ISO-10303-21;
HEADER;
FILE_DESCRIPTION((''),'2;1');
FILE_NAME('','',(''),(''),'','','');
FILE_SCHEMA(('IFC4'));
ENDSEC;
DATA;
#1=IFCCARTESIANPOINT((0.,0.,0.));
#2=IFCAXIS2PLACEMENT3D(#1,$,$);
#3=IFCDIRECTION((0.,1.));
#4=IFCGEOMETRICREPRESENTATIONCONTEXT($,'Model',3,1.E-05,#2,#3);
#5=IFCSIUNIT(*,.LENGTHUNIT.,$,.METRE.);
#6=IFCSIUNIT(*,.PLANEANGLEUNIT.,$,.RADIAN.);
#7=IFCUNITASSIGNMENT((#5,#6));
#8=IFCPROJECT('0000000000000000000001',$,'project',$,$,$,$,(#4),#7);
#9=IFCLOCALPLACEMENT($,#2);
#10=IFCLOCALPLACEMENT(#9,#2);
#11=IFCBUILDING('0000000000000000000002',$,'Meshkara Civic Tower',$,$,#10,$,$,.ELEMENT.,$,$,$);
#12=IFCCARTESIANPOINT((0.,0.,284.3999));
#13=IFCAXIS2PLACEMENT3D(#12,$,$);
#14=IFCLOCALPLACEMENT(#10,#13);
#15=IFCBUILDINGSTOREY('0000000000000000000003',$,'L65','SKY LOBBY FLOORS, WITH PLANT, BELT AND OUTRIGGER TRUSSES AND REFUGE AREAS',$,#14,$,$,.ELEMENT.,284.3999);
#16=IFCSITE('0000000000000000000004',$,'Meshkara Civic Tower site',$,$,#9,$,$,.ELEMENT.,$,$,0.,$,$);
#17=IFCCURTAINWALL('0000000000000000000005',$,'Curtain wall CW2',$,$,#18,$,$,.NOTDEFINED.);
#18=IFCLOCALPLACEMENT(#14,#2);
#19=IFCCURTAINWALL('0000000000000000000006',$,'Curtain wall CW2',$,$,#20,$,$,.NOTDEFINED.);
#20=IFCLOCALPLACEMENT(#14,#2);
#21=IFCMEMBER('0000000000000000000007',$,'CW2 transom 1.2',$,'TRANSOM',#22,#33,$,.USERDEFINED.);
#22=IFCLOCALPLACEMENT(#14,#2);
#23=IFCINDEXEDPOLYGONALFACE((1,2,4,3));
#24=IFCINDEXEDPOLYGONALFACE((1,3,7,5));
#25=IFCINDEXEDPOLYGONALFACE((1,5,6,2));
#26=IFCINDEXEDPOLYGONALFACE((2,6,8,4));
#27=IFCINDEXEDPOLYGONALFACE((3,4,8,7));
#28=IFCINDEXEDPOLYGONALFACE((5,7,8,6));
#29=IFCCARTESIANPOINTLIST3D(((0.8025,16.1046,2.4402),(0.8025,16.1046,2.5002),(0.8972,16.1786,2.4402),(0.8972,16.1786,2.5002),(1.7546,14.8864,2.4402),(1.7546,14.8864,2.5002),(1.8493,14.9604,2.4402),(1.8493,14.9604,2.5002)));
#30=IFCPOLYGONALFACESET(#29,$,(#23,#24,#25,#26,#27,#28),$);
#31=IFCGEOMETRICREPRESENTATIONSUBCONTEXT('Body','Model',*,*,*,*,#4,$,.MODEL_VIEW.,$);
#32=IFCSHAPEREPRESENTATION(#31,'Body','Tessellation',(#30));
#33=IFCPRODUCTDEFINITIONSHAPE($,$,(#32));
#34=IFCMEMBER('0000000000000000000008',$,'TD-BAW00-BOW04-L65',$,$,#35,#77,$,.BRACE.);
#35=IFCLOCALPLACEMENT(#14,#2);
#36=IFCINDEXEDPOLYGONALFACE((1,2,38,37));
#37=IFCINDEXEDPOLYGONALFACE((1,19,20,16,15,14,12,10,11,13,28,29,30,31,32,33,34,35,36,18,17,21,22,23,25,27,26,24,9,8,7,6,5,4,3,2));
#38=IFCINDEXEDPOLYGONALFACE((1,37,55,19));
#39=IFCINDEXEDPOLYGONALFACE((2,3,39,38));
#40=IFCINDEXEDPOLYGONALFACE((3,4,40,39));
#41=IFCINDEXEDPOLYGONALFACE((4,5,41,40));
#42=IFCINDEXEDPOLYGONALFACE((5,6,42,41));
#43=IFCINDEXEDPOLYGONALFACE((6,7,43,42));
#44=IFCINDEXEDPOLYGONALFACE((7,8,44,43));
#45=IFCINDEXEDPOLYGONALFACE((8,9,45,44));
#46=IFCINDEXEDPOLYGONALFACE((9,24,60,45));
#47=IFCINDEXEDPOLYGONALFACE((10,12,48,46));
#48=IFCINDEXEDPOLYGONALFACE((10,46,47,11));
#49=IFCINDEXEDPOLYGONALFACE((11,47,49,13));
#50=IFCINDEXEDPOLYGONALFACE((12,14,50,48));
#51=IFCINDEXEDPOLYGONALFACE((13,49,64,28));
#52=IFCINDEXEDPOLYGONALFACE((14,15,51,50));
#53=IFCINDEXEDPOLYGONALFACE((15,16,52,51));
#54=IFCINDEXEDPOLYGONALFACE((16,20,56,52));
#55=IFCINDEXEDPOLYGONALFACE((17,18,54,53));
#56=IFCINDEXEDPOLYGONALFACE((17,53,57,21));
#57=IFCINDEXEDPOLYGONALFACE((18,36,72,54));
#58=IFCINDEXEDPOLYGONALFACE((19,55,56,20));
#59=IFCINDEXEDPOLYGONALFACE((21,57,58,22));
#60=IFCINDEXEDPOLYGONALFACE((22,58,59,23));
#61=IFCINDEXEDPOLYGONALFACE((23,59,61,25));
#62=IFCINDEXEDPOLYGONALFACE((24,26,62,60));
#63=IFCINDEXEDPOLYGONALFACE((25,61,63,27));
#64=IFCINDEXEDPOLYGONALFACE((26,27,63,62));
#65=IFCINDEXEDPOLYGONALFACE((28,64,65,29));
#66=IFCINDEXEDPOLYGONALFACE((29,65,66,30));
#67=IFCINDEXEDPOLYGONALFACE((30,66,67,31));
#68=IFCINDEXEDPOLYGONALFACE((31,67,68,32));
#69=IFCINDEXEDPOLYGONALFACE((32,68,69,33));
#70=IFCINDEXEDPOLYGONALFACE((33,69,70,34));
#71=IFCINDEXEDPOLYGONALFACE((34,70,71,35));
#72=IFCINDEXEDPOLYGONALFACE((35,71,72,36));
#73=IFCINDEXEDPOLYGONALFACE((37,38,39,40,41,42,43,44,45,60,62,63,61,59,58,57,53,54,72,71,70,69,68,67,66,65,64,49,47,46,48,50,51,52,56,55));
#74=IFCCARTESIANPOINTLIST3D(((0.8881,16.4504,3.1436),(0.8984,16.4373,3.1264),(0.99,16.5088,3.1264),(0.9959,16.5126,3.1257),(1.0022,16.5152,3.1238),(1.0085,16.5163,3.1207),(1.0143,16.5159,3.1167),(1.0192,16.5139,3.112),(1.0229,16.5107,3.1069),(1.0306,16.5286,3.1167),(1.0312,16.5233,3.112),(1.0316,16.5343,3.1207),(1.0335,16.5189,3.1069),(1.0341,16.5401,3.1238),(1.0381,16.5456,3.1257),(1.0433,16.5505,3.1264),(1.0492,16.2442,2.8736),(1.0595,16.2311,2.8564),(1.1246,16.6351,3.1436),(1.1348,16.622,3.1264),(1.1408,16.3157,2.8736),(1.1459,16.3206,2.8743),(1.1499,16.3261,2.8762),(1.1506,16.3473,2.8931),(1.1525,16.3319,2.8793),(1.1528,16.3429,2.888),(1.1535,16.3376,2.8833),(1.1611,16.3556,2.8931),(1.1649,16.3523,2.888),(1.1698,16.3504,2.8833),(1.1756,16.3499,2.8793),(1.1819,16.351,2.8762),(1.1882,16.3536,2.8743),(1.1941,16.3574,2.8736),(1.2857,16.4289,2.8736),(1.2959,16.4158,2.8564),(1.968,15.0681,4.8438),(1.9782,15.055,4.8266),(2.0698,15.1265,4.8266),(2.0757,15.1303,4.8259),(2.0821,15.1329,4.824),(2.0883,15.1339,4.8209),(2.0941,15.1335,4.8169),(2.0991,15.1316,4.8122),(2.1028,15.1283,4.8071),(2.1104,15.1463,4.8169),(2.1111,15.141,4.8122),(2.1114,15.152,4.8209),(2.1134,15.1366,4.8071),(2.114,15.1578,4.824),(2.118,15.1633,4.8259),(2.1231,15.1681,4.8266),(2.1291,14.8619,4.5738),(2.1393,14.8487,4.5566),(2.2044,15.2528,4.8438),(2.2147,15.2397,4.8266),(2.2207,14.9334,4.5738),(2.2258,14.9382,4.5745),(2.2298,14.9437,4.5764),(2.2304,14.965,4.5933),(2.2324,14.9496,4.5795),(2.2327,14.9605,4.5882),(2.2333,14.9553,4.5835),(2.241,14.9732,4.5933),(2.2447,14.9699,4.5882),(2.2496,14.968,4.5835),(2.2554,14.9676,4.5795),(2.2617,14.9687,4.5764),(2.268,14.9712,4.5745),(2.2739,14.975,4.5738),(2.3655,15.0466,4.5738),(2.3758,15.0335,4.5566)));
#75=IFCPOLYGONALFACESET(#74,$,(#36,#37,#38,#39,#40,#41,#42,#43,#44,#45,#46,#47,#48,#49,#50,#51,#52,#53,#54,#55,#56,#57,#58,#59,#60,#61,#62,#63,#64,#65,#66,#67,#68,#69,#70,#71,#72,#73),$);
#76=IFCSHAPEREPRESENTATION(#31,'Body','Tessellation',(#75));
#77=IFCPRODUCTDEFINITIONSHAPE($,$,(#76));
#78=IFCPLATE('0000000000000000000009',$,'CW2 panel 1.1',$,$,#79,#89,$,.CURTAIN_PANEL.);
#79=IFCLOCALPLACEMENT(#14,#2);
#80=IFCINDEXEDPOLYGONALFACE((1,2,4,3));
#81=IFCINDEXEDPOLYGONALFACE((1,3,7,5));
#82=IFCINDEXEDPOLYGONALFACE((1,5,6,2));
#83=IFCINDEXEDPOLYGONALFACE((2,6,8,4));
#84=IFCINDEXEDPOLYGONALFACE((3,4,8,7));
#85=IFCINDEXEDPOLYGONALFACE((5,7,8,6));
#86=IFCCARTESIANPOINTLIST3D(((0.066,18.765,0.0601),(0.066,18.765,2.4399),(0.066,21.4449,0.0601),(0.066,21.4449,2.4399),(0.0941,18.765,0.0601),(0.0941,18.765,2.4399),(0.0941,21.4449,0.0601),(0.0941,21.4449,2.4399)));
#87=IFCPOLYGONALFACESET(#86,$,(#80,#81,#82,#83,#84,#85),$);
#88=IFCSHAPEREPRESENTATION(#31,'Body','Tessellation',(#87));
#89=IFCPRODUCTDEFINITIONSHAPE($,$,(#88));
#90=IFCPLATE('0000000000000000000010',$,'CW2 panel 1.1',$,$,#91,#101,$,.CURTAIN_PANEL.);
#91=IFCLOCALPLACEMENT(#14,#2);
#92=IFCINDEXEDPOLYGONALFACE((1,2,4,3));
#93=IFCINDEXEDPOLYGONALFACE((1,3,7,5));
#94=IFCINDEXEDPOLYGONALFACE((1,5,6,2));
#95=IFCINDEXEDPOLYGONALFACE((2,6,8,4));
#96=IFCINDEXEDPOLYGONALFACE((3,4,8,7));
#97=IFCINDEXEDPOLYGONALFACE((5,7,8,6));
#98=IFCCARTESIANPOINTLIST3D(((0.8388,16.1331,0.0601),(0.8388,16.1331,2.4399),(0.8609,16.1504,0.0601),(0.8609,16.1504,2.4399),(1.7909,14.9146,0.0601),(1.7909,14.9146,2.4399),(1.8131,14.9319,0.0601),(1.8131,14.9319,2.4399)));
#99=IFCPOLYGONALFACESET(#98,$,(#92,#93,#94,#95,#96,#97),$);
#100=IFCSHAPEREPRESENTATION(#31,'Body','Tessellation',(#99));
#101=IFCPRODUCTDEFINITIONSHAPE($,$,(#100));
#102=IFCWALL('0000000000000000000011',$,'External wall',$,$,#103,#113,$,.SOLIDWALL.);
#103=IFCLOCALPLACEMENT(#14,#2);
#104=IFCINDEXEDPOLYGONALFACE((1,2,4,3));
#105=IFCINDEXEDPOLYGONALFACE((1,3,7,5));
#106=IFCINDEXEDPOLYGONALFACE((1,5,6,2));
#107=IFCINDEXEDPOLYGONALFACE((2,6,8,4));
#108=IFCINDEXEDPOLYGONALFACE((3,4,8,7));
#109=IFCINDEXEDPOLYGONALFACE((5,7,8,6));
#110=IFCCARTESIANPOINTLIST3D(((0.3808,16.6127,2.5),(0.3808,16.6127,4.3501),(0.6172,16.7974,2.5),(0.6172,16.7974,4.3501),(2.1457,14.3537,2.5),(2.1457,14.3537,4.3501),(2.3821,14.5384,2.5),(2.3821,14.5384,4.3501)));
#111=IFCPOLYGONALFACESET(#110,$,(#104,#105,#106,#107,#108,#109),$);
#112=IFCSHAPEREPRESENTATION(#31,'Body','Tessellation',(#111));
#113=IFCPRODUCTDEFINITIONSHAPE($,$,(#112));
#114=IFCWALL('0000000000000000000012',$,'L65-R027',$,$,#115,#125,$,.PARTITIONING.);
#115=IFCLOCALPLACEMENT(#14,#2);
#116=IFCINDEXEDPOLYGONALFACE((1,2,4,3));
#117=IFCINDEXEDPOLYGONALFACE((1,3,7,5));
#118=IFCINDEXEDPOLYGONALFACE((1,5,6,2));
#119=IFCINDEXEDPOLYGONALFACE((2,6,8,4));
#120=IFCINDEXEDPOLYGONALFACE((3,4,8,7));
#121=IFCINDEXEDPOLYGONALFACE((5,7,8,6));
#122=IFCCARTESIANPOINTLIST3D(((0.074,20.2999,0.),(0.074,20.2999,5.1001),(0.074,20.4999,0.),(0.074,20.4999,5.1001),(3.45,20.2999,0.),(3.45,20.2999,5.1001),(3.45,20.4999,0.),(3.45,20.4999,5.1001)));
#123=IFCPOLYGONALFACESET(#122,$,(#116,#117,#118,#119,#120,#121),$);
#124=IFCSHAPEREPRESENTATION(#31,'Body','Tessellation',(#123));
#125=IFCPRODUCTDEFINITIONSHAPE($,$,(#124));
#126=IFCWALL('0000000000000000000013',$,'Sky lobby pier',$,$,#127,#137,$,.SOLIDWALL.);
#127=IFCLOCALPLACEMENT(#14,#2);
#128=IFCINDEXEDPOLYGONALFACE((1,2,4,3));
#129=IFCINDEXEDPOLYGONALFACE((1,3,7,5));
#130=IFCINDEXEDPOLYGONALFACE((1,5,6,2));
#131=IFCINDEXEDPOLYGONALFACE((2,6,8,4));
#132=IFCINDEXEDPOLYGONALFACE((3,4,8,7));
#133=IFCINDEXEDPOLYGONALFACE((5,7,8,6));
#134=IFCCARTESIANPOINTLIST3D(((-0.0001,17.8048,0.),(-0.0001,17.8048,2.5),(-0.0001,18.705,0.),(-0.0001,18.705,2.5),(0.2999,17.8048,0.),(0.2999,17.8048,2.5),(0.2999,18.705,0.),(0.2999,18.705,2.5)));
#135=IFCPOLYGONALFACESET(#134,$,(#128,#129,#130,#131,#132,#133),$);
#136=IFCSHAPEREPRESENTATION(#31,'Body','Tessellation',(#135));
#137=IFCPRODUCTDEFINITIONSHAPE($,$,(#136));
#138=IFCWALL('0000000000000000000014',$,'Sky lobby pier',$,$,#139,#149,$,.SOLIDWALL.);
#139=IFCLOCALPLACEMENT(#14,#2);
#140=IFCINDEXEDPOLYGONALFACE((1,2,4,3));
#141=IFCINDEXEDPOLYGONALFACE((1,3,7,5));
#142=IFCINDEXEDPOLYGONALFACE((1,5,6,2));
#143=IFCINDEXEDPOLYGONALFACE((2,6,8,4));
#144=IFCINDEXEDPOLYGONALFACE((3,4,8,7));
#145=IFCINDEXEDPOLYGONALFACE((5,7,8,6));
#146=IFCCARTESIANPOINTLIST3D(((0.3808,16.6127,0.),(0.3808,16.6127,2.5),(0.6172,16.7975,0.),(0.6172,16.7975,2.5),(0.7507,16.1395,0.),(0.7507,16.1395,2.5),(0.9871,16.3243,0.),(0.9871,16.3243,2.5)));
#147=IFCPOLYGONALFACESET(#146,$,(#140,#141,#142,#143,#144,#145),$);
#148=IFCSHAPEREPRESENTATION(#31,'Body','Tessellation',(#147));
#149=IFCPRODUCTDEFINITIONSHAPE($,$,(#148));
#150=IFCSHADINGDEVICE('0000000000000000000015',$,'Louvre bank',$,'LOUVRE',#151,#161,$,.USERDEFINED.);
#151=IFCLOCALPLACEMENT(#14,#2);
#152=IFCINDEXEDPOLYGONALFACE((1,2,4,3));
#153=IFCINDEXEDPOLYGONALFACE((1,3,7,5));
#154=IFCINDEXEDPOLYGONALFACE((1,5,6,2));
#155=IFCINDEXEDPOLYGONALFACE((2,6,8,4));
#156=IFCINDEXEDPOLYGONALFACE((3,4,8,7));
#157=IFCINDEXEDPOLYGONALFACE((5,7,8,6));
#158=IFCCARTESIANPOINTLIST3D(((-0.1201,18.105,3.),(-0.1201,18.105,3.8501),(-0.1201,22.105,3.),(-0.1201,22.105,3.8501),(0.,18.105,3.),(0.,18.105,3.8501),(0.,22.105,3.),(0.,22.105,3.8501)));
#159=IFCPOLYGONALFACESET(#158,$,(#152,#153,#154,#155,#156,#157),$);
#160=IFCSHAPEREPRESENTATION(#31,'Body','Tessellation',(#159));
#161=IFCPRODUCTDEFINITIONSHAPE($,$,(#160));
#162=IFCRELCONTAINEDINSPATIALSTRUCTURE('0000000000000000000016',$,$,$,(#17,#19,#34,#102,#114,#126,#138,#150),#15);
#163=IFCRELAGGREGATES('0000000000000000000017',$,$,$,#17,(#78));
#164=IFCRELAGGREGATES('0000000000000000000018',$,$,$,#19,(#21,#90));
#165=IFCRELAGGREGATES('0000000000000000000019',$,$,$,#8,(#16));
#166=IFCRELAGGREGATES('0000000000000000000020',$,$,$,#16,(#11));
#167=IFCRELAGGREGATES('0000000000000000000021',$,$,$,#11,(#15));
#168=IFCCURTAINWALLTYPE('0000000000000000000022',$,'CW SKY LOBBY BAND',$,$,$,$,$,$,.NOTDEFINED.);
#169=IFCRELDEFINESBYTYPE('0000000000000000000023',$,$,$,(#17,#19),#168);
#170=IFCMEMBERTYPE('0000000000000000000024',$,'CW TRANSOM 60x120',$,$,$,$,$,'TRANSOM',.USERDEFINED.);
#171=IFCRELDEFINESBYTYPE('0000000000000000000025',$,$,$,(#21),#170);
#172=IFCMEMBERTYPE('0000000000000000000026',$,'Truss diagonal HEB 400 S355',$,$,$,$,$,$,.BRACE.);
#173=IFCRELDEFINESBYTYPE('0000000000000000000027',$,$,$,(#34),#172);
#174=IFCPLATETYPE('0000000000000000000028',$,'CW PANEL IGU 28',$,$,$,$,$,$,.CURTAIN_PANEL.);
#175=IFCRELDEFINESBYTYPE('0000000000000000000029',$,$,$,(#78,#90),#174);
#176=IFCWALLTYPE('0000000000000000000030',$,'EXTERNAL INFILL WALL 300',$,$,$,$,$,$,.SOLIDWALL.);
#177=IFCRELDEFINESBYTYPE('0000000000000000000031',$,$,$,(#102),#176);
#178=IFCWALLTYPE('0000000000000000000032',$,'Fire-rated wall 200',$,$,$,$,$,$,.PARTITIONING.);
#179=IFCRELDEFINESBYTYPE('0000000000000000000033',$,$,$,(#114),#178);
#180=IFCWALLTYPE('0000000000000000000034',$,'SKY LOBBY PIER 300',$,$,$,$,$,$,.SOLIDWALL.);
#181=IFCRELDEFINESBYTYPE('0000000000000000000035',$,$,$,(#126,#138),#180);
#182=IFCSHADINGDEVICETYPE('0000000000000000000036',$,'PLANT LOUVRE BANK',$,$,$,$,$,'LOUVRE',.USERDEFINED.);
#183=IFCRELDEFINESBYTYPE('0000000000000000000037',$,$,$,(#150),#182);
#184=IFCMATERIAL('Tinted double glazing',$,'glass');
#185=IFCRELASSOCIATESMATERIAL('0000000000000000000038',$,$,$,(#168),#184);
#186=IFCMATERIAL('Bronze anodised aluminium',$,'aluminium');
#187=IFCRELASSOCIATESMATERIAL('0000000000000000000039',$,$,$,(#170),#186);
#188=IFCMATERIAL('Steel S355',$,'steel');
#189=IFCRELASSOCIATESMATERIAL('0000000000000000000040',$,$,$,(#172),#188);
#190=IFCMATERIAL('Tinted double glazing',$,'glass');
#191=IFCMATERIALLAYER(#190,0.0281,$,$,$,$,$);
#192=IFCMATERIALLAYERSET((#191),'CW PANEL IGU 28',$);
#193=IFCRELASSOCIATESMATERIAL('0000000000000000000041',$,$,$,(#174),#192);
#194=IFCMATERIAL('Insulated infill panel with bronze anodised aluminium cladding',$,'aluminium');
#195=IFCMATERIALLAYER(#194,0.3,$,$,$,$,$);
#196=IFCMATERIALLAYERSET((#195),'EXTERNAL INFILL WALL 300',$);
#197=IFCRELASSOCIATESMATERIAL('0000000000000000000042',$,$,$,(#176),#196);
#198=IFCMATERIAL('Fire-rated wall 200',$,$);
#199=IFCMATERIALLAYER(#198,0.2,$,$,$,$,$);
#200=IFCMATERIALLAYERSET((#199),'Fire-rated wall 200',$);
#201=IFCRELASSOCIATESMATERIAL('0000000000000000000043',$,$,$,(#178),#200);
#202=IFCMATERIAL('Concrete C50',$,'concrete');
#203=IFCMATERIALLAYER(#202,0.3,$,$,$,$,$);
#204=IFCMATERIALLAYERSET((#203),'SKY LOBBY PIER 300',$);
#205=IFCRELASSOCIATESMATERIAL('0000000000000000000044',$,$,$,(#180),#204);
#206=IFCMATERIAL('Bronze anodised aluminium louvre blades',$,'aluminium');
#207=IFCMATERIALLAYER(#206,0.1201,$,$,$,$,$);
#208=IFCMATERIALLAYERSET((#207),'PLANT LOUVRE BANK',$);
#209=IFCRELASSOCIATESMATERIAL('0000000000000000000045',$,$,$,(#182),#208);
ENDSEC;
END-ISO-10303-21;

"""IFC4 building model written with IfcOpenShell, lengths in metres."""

from ifc_helpers import new_model, si_unit, direction, frame, frame_2d, origin, origin_2d, place, context, subcontext, project, spatial, rectangle, i_section, extrude, material, layer, layer_set, material_profile, profile_set, type_object, element, aggregate, save


model = new_model("IFC4")

# Units and contexts
model_context = context("Model", 3, precision=1e-05, world=origin(), true_north=direction((0.0, 1.0)))
body_context = subcontext(model_context, "Body", "Model", "MODEL_VIEW")
ifc_project = project(units=[si_unit("LENGTHUNIT", "METRE"), si_unit("PLANEANGLEUNIT", "RADIAN")], contexts=[model_context])

# Site, building, storey
site_placement = place(None, origin())
site = spatial("IfcSite", under=ifc_project, at=site_placement, Name="Meshkara Civic Tower site", CompositionType="ELEMENT", RefElevation=0.0)
building_placement = place(site_placement, origin())
building = spatial("IfcBuilding", under=site, at=building_placement, Name="Meshkara Civic Tower", CompositionType="ELEMENT")
storey_placement = place(building_placement, frame((0.0, 0.0, 284.3999)))
storey = spatial("IfcBuildingStorey", under=building, at=storey_placement, Name="L65", Description="SKY LOBBY FLOORS, WITH PLANT, BELT AND OUTRIGGER TRUSSES AND REFUGE AREAS", CompositionType="ELEMENT", Elevation=284.3999)

# Curtain wall
ifc_material_1 = material(Name="Tinted double glazing", Category="glass")
curtain_wall_type = type_object("IfcCurtainWallType", Name="CW SKY LOBBY BAND", PredefinedType="NOTDEFINED", material=ifc_material_1)
curtain_wall_1_placement = place(storey_placement, origin())
curtain_wall_1 = element("IfcCurtainWall", 1, at=curtain_wall_1_placement, inside=storey, type_object=curtain_wall_type, Name="Curtain wall CW2", PredefinedType="NOTDEFINED")

# Curtain wall
curtain_wall_2_placement = place(storey_placement, origin())
curtain_wall_2 = element("IfcCurtainWall", 2, at=curtain_wall_2_placement, inside=storey, type_object=curtain_wall_type, Name="Curtain wall CW2", PredefinedType="NOTDEFINED")

# Members
ifc_material_2 = material(Name="Bronze anodised aluminium", Category="aluminium")
ifc_material_profile_1 = material_profile(ifc_material_2, rectangle(XDim=0.1201, YDim=0.0601, at=origin_2d()))
ifc_profile_set_1 = profile_set([ifc_material_profile_1], Name="Bronze anodised aluminium")
member_type_1 = type_object("IfcMemberType", Name="CW TRANSOM 60x120", ElementType="TRANSOM", PredefinedType="USERDEFINED", material=ifc_profile_set_1)
member_1_placement = place(storey_placement, frame((0.8499, 16.1416, 2.4702), z_axis=(0.615797, -0.787905, 0.0), x_axis=(0.787905, 0.615797, 0.0)))
member_1 = element("IfcMember", 3, at=member_1_placement, type_object=member_type_1, Name="CW2 transom 1.2", ObjectType="TRANSOM", PredefinedType="USERDEFINED", context=body_context, shape_type="SweptSolid", body=[
    extrude(rectangle(XDim=0.1201, YDim=0.0601, at=origin_2d()), origin(), (0.0, 0.0, 1.0), 1.5461),
])
ifc_material_3 = material(Name="Steel S355", Category="steel")
ifc_material_profile_2 = material_profile(ifc_material_3, i_section(OverallWidth=0.3, OverallDepth=0.3999, WebThickness=0.0134, FlangeThickness=0.0239, FilletRadius=0.0271, at=origin_2d()))
ifc_profile_set_2 = profile_set([ifc_material_profile_2], Name="Steel S355")
member_type_2 = type_object("IfcMemberType", Name="Truss diagonal HEB 400 S355", PredefinedType="BRACE", material=ifc_profile_set_2)
member_2_placement = place(storey_placement, frame((1.092, 16.4331, 3.0), z_axis=(0.442038, -0.565865, 0.695988), x_axis=(0.788054, 0.615606, 0.0)))
element("IfcMember", 4, at=member_2_placement, inside=storey, type_object=member_type_2, Name="TD-BAW00-BOW04-L65", PredefinedType="BRACE", context=body_context, shape_type="SweptSolid", body=[
    extrude(i_section(OverallWidth=0.3, OverallDepth=0.3999, WebThickness=0.0134, FlangeThickness=0.0239, FilletRadius=0.0271, at=origin_2d()), origin(), (0.0, 0.0, 1.0), 2.4429),
])

# Plates
ifc_material_4 = material(Name="Tinted double glazing", Category="glass")
ifc_layer_1 = layer(ifc_material_4, 0.0281)
ifc_layer_set_1 = layer_set([ifc_layer_1], Name="CW PANEL IGU 28")
plate_type = type_object("IfcPlateType", Name="CW PANEL IGU 28", PredefinedType="CURTAIN_PANEL", material=ifc_layer_set_1)
plate_1_placement = place(storey_placement, frame((0.0801, 20.105, 0.0601), z_axis=(0.0, 0.0, 1.0), x_axis=(0.0, -1.0, 0.0)))
plate_1 = element("IfcPlate", 5, at=plate_1_placement, type_object=plate_type, Name="CW2 panel 1.1", PredefinedType="CURTAIN_PANEL", context=body_context, shape_type="SweptSolid", body=[
    extrude(rectangle(XDim=2.6799, YDim=0.0281, at=origin_2d()), origin(), (0.0, 0.0, 1.0), 2.3799),
])
aggregate(curtain_wall_1, [plate_1])
plate_2_placement = place(storey_placement, frame((1.3259, 15.5325, 0.0601), z_axis=(0.0, 0.0, 1.0), x_axis=(0.615726, -0.787961, 0.0)))
plate_2 = element("IfcPlate", 6, at=plate_2_placement, type_object=plate_type, Name="CW2 panel 1.1", PredefinedType="CURTAIN_PANEL", context=body_context, shape_type="SweptSolid", body=[
    extrude(rectangle(XDim=1.5464, YDim=0.0281, at=origin_2d()), origin(), (0.0, 0.0, 1.0), 2.3799),
])
aggregate(curtain_wall_2, [member_1, plate_2])

# Walls
ifc_material_5 = material(Name="Insulated infill panel with bronze anodised aluminium cladding", Category="aluminium")
ifc_layer_2 = layer(ifc_material_5, 0.3)
ifc_layer_set_2 = layer_set([ifc_layer_2], Name="EXTERNAL INFILL WALL 300")
wall_type_1 = type_object("IfcWallType", Name="EXTERNAL INFILL WALL 300", PredefinedType="SOLIDWALL", material=ifc_layer_set_2)
wall_1_placement = place(storey_placement, frame((0.499, 16.7051, 2.5), z_axis=(0.0, 0.0, 1.0), x_axis=(0.615649, -0.788021, 0.0)))
element("IfcWall", 7, at=wall_1_placement, inside=storey, type_object=wall_type_1, Name="External wall", PredefinedType="SOLIDWALL", context=body_context, shape_type="SweptSolid", body=[
    extrude(rectangle(XDim=2.8667, YDim=0.3, at=frame_2d((1.4333, 0.0))), origin(), (0.0, 0.0, 1.0), 1.8501),
])
ifc_material_6 = material(Name="Fire-rated wall 200")
ifc_layer_3 = layer(ifc_material_6, 0.2)
ifc_layer_set_3 = layer_set([ifc_layer_3], Name="Fire-rated wall 200")
wall_type_2 = type_object("IfcWallType", Name="Fire-rated wall 200", PredefinedType="PARTITIONING", material=ifc_layer_set_3)
wall_2_placement = place(storey_placement, frame((3.45, 20.3999, 0.0), z_axis=(0.0, 0.0, 1.0), x_axis=(-1.0, 0.0, 0.0)))
element("IfcWall", 8, at=wall_2_placement, inside=storey, type_object=wall_type_2, Name="L65-R027", PredefinedType="PARTITIONING", context=body_context, shape_type="SweptSolid", body=[
    extrude(rectangle(XDim=3.376, YDim=0.2, at=frame_2d((1.688, 0.0))), origin(), (0.0, 0.0, 1.0), 5.1001),
])
ifc_material_7 = material(Name="Concrete C50", Category="concrete")
ifc_layer_4 = layer(ifc_material_7, 0.3)
ifc_layer_set_4 = layer_set([ifc_layer_4], Name="SKY LOBBY PIER 300")
wall_type_3 = type_object("IfcWallType", Name="SKY LOBBY PIER 300", PredefinedType="SOLIDWALL", material=ifc_layer_set_4)
wall_3_placement = place(storey_placement, frame((0.1499, 18.7051, 0.0), z_axis=(0.0, 0.0, 1.0), x_axis=(0.0, -1.0, 0.0)))
element("IfcWall", 9, at=wall_3_placement, inside=storey, type_object=wall_type_3, Name="Sky lobby pier", PredefinedType="SOLIDWALL", context=body_context, shape_type="SweptSolid", body=[
    extrude(rectangle(XDim=0.9001, YDim=0.3, at=frame_2d((0.4502, 0.0))), origin(), (0.0, 0.0, 1.0), 2.5),
])
wall_4_placement = place(storey_placement, frame((0.499, 16.7051, 0.0), z_axis=(0.0, 0.0, 1.0), x_axis=(0.615881, -0.787839, 0.0)))
element("IfcWall", 10, at=wall_4_placement, inside=storey, type_object=wall_type_3, Name="Sky lobby pier", PredefinedType="SOLIDWALL", context=body_context, shape_type="SweptSolid", body=[
    extrude(rectangle(XDim=0.6006, YDim=0.3, at=frame_2d((0.3003, 0.0))), origin(), (0.0, 0.0, 1.0), 2.5),
])

# Shading device
ifc_material_8 = material(Name="Bronze anodised aluminium louvre blades", Category="aluminium")
ifc_layer_5 = layer(ifc_material_8, 0.1201)
ifc_layer_set_5 = layer_set([ifc_layer_5], Name="PLANT LOUVRE BANK")
shading_device_type = type_object("IfcShadingDeviceType", Name="PLANT LOUVRE BANK", ElementType="LOUVRE", PredefinedType="USERDEFINED", material=ifc_layer_set_5)
shading_device_placement = place(storey_placement, frame((-0.0601, 20.105, 3.0), z_axis=(0.0, 0.0, 1.0), x_axis=(0.0, -1.0, 0.0)))
element("IfcShadingDevice", 11, at=shading_device_placement, inside=storey, type_object=shading_device_type, Name="Louvre bank", ObjectType="LOUVRE", PredefinedType="USERDEFINED", context=body_context, shape_type="SweptSolid", body=[
    extrude(rectangle(XDim=4.0, YDim=0.1201, at=origin_2d()), origin(), (0.0, 0.0, 1.0), 0.8501),
])

save(model, "model.ifc")
